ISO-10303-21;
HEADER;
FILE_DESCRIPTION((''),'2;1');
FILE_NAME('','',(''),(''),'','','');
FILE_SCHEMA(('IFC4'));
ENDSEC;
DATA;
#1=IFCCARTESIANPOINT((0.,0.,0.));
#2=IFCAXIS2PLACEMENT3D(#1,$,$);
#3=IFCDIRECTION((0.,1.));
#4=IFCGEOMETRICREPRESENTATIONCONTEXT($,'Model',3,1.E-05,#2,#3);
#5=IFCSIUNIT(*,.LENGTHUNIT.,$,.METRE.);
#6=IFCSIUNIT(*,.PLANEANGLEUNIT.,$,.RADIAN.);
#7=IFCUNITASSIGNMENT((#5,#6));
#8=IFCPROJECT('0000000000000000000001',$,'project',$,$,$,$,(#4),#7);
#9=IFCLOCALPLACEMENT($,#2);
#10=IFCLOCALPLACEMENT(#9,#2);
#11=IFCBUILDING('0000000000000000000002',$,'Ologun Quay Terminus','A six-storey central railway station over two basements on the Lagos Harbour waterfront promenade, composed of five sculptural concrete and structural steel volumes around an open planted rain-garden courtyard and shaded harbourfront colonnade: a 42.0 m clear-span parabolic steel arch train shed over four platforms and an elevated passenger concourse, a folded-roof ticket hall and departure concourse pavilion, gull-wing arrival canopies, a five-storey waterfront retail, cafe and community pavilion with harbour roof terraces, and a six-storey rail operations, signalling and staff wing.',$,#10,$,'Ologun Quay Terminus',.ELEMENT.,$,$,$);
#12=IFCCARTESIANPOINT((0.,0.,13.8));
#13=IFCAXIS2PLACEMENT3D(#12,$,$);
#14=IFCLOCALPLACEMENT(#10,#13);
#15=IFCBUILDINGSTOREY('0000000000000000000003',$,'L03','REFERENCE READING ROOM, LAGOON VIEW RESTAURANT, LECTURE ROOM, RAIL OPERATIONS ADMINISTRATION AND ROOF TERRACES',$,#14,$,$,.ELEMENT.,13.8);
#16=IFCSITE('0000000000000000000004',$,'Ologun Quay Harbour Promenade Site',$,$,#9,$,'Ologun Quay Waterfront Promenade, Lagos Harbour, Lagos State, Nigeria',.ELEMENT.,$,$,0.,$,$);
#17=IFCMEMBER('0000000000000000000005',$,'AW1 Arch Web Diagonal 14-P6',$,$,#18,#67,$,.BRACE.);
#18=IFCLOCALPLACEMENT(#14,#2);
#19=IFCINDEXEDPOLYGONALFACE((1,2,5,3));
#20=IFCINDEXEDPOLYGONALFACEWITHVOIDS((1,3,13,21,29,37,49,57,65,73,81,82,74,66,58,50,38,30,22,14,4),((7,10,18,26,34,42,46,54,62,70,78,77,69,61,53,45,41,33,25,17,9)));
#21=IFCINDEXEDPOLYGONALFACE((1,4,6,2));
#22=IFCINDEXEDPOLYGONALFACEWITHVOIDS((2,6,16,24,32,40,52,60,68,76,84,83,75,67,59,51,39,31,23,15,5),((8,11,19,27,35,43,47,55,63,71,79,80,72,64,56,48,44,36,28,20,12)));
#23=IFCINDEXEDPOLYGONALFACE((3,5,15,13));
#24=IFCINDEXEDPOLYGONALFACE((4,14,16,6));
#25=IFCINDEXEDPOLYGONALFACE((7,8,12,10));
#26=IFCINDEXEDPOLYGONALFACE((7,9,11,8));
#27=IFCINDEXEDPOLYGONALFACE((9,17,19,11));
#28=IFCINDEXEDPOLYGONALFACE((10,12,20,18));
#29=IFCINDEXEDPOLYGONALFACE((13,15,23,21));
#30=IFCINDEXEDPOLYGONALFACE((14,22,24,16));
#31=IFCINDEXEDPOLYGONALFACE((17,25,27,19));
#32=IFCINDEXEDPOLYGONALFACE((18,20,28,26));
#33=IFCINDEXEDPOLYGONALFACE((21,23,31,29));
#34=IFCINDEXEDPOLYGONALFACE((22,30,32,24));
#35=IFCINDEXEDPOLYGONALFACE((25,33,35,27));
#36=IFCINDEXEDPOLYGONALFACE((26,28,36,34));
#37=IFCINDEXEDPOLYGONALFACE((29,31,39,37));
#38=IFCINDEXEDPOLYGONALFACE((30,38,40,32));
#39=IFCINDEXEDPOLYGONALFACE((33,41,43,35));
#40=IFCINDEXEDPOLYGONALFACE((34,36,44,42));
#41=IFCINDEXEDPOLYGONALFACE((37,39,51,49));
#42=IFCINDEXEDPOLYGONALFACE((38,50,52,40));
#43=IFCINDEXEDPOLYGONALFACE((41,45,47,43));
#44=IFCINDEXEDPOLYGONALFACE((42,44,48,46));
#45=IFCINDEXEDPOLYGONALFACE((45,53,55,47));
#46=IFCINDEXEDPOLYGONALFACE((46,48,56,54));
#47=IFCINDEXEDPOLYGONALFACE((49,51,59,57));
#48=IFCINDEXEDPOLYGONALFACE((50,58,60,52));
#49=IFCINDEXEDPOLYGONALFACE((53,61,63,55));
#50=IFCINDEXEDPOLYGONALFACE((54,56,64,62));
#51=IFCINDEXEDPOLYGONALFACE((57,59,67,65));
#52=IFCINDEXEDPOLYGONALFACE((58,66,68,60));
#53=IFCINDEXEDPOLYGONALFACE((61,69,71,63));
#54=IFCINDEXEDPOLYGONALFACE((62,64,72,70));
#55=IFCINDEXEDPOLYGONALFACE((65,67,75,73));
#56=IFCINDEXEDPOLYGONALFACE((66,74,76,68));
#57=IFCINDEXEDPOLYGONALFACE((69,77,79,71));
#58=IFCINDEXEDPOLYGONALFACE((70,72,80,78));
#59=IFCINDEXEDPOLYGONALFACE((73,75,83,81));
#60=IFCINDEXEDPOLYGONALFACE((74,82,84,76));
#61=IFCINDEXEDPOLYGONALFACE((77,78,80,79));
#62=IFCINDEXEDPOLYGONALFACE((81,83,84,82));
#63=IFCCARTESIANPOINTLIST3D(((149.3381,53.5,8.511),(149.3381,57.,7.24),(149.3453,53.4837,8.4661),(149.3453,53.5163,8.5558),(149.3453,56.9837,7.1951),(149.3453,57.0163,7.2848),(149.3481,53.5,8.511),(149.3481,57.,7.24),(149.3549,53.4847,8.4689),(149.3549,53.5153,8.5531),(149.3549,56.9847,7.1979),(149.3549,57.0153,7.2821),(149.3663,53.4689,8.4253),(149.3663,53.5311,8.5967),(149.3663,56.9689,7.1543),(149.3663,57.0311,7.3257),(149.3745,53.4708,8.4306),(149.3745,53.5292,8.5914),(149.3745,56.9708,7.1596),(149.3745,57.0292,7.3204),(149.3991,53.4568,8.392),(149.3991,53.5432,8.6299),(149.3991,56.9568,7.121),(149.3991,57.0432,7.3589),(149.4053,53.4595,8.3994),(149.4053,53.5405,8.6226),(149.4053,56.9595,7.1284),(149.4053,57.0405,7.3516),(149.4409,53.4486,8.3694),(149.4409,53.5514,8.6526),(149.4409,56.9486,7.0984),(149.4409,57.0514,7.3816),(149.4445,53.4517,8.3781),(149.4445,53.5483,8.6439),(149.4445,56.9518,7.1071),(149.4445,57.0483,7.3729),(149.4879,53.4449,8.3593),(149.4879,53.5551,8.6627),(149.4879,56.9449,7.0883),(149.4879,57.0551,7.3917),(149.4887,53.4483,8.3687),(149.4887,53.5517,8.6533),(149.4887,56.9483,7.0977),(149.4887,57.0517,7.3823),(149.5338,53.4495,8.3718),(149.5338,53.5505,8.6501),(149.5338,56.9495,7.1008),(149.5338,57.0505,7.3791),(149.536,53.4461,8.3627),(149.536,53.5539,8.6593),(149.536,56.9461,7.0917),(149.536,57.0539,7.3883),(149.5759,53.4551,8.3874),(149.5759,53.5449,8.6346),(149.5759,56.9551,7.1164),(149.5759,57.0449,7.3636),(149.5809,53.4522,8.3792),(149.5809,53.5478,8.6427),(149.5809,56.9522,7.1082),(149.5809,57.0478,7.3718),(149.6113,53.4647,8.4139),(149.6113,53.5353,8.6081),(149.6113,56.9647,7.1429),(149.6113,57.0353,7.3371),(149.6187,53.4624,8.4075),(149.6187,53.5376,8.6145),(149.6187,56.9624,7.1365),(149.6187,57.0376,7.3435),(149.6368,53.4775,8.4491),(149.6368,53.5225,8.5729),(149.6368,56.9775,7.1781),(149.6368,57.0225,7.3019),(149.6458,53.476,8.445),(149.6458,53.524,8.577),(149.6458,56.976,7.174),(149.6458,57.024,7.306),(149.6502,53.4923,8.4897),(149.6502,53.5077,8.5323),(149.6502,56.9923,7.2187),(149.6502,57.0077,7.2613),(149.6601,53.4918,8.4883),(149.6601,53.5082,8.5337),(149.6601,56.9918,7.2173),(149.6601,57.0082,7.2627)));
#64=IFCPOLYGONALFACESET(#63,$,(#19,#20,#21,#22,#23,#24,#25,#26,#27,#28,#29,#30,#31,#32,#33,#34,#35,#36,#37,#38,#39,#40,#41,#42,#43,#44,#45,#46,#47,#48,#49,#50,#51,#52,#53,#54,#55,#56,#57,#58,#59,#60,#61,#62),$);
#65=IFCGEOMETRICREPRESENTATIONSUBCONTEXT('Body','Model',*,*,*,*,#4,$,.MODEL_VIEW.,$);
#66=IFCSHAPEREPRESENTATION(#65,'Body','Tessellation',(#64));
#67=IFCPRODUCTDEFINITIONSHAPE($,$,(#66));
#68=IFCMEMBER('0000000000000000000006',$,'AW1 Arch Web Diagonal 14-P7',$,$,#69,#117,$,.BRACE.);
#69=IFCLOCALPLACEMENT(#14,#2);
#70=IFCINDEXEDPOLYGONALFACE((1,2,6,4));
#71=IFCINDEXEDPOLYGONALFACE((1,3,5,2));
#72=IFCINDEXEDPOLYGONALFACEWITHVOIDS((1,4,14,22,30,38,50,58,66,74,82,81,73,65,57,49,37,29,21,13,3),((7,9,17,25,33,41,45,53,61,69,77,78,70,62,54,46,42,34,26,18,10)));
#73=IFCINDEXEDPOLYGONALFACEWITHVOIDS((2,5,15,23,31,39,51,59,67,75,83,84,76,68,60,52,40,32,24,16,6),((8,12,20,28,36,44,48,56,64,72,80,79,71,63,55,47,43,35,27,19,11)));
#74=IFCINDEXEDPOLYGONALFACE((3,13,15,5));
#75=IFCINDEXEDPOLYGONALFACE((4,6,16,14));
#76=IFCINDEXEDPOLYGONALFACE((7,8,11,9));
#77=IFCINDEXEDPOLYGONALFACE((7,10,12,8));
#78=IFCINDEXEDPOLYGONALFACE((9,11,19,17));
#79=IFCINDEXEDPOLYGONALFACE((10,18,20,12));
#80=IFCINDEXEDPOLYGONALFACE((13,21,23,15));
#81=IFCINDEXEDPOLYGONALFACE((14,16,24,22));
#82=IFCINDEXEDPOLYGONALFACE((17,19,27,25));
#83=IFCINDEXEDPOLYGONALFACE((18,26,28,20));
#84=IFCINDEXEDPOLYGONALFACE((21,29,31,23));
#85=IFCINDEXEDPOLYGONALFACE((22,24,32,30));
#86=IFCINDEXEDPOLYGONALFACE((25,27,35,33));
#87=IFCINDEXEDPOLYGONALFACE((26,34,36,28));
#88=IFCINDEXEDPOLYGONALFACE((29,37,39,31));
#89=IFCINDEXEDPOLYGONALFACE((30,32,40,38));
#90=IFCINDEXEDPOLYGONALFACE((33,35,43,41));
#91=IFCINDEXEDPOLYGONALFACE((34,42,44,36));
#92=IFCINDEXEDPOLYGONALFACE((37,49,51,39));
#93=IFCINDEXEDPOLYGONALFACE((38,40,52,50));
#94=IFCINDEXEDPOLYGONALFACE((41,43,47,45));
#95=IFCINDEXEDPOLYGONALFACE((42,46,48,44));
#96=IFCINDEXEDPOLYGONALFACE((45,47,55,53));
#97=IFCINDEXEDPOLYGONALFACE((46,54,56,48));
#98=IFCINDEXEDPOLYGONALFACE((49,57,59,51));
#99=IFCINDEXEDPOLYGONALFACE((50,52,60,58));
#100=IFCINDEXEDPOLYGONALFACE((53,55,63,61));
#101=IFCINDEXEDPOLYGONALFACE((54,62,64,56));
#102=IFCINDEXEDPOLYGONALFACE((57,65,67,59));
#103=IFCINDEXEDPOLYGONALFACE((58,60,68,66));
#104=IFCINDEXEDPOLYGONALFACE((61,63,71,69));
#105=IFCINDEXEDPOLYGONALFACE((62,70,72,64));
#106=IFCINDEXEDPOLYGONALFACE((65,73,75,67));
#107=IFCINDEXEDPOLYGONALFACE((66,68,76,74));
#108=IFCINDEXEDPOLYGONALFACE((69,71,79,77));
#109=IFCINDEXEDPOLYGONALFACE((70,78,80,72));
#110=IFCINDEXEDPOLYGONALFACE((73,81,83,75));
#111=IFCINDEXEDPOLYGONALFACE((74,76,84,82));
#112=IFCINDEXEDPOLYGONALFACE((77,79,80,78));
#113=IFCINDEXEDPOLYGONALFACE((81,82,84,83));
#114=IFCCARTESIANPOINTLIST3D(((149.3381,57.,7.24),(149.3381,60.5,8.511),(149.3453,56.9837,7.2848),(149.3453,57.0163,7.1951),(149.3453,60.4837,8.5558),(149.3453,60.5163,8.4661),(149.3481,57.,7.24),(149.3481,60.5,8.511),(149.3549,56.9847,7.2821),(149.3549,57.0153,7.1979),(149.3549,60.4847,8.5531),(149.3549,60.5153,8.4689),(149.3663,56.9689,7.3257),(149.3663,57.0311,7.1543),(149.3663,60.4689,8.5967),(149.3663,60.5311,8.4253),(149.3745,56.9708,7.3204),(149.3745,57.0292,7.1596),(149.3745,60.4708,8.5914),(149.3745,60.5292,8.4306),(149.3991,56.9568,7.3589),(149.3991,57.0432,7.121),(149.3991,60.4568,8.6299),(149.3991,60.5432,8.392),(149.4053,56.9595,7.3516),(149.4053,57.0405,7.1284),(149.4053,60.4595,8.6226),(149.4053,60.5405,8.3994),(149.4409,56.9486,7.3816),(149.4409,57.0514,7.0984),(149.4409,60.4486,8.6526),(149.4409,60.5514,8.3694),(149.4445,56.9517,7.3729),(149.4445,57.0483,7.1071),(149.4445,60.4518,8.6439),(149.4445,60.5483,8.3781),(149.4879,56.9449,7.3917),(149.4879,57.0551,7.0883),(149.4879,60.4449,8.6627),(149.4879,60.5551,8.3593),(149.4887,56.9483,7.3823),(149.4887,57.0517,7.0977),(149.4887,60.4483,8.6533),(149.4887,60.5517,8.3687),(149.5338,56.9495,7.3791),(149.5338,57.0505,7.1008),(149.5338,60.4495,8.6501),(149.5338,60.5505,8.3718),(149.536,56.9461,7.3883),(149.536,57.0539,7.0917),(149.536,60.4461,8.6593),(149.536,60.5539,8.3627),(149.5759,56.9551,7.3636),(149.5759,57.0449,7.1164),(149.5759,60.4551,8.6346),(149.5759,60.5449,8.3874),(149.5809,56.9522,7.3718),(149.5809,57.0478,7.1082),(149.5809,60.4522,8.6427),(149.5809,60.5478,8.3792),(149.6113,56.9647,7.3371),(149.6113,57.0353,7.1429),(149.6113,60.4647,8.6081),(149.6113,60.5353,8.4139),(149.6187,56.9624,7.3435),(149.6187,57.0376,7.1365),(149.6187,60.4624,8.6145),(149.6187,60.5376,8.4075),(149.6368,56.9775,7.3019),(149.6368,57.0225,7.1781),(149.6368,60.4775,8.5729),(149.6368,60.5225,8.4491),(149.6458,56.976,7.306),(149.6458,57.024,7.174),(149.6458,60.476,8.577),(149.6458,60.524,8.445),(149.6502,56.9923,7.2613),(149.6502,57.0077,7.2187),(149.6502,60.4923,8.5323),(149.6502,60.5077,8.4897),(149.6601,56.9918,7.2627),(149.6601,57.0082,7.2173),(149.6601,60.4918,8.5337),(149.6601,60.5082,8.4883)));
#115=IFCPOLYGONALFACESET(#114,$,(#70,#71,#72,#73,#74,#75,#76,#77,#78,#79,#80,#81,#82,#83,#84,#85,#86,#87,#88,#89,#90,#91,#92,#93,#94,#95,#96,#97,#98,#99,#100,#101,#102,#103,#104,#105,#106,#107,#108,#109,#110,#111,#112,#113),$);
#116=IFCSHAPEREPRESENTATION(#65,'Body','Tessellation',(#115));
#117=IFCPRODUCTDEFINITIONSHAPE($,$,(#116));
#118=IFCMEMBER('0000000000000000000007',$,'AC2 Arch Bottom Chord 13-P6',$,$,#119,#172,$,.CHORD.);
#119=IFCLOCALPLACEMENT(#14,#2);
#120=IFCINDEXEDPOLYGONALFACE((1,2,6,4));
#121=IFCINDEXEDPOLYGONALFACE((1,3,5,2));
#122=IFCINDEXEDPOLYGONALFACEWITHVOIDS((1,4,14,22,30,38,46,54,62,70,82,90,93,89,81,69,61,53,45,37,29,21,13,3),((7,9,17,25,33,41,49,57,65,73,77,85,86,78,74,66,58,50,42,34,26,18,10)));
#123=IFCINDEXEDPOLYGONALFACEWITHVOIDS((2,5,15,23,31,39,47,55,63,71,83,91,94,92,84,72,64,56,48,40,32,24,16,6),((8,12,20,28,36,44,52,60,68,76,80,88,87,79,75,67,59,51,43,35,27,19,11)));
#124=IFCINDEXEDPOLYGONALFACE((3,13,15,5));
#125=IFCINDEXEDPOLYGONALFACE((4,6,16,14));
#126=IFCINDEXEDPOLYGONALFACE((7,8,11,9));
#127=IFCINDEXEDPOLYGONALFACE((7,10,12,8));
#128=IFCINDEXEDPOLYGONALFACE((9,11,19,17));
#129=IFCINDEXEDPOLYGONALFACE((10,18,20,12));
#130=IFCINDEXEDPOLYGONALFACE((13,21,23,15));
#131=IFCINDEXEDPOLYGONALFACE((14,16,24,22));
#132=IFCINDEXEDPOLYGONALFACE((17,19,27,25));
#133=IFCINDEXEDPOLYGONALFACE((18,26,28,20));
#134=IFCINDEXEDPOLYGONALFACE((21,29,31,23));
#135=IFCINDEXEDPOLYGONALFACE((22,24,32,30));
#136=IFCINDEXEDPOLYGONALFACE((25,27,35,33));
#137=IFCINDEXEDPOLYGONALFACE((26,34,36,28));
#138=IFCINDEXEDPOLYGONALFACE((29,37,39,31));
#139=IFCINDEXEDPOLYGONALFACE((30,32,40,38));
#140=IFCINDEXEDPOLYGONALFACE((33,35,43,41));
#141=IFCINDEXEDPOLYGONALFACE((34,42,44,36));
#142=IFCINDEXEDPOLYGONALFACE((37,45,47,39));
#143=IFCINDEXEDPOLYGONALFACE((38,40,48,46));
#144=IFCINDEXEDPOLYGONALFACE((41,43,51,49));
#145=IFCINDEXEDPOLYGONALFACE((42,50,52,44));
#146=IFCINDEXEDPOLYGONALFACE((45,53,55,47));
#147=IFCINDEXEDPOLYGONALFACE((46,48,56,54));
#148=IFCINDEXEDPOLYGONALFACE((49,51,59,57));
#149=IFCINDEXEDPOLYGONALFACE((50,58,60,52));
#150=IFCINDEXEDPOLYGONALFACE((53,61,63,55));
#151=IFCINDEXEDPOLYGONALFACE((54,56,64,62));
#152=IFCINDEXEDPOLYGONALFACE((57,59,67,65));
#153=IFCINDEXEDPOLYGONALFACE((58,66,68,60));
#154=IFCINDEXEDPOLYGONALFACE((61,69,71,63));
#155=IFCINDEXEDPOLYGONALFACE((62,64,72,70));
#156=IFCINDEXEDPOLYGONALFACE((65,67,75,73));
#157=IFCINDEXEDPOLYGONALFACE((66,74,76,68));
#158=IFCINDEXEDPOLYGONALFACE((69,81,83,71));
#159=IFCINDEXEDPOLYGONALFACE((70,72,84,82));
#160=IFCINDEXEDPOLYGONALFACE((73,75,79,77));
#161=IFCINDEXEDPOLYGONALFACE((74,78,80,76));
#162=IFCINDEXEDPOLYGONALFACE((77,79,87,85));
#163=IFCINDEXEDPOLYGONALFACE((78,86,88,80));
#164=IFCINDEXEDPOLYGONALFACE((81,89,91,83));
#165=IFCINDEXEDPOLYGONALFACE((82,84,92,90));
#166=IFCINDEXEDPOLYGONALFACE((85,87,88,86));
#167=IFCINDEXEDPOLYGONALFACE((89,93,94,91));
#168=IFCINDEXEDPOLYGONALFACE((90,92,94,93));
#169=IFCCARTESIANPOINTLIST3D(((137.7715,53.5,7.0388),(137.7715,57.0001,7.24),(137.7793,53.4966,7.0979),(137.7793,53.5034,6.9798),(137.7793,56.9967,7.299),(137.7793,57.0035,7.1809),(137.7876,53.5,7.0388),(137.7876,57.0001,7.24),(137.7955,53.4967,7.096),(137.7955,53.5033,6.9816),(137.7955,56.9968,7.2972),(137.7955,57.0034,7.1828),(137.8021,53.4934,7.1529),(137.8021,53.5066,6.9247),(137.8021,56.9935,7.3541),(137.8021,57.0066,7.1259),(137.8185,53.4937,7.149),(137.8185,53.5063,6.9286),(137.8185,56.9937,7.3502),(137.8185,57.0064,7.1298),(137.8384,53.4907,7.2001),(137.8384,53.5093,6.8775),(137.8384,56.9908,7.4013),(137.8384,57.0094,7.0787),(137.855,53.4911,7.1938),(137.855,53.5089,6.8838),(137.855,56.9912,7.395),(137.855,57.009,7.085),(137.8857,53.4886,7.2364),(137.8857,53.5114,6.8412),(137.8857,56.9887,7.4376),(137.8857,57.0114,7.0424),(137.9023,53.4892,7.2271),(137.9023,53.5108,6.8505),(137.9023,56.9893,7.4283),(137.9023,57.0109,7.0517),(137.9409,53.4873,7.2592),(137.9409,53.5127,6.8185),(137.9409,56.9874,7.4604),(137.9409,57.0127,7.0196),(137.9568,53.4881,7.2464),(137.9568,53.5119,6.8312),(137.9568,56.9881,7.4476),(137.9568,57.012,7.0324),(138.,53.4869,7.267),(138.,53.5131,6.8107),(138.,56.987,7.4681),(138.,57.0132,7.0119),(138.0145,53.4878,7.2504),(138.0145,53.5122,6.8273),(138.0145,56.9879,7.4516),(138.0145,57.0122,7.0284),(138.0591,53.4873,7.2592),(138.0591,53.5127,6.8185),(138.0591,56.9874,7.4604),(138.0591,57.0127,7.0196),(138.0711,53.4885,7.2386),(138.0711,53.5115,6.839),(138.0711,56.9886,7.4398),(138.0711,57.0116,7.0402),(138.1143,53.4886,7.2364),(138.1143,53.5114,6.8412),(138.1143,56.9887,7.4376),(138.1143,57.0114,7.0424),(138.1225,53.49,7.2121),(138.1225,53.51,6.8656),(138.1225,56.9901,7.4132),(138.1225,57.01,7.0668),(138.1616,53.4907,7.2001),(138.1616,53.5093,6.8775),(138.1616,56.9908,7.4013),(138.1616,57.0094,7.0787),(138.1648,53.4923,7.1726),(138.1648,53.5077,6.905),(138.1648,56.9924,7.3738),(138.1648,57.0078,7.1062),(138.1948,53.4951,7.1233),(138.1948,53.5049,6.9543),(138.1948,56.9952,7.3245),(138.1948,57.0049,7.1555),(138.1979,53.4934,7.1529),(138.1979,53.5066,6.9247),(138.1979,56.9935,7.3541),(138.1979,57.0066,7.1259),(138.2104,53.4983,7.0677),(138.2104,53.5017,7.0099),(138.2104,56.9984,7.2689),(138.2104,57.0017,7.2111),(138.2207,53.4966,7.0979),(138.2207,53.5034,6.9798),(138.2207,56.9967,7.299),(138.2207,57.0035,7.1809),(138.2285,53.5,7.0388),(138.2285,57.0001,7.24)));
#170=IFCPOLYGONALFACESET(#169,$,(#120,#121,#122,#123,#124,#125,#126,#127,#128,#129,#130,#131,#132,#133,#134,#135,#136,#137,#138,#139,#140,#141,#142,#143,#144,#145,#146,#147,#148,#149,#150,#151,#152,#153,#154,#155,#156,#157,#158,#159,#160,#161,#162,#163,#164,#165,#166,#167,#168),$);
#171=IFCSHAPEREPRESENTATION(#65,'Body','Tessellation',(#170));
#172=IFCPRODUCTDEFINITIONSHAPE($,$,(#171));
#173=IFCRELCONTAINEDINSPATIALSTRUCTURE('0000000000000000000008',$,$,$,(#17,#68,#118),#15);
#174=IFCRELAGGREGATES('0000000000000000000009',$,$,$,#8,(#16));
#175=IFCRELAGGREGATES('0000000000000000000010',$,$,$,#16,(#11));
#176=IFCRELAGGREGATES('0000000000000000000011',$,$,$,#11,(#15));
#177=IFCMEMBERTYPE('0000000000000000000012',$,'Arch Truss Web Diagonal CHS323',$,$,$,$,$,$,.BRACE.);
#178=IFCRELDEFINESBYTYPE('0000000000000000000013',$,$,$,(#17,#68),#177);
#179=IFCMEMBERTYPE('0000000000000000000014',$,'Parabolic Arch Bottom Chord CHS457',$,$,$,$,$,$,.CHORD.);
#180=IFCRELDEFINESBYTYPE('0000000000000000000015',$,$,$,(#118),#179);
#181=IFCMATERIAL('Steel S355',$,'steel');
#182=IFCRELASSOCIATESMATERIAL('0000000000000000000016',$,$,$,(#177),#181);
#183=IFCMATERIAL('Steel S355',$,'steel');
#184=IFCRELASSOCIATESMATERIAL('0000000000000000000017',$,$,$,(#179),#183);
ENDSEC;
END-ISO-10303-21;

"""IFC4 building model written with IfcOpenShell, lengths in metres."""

from ifc_helpers import new_model, si_unit, direction, frame, origin, origin_2d, place, context, subcontext, project, spatial, hollow_circle, extrude, material, material_profile, profile_set, type_object, element, save


model = new_model("IFC4")

# Units and contexts
model_context = context("Model", 3, precision=1e-05, world=origin(), true_north=direction((0.0, 1.0)))
body_context = subcontext(model_context, "Body", "Model", "MODEL_VIEW")
ifc_project = project(units=[si_unit("LENGTHUNIT", "METRE"), si_unit("PLANEANGLEUNIT", "RADIAN")], contexts=[model_context])

# Site, building, storey
site_placement = place(None, origin())
site = spatial("IfcSite", under=ifc_project, at=site_placement, Name="Ologun Quay Harbour Promenade Site", LongName="Ologun Quay Waterfront Promenade, Lagos Harbour, Lagos State, Nigeria", CompositionType="ELEMENT", RefElevation=0.0)
building_placement = place(site_placement, origin())
building = spatial("IfcBuilding", under=site, at=building_placement, Name="Ologun Quay Terminus", Description="A six-storey central railway station over two basements on the Lagos Harbour waterfront promenade, composed of five sculptural concrete and structural steel volumes around an open planted rain-garden courtyard and shaded harbourfront colonnade: a 42.0 m clear-span parabolic steel arch train shed over four platforms and an elevated passenger concourse, a folded-roof ticket hall and departure concourse pavilion, gull-wing arrival canopies, a five-storey waterfront retail, cafe and community pavilion with harbour roof terraces, and a six-storey rail operations, signalling and staff wing.", LongName="Ologun Quay Terminus", CompositionType="ELEMENT")
storey_placement = place(building_placement, frame((0.0, 0.0, 13.8)))
storey = spatial("IfcBuildingStorey", under=building, at=storey_placement, Name="L03", Description="REFERENCE READING ROOM, LAGOON VIEW RESTAURANT, LECTURE ROOM, RAIL OPERATIONS ADMINISTRATION AND ROOF TERRACES", CompositionType="ELEMENT", Elevation=13.8)

# Members
ifc_material_1 = material(Name="Steel S355", Category="steel")
ifc_material_profile_1 = material_profile(ifc_material_1, hollow_circle(Radius=0.1619, WallThickness=0.01, at=origin_2d()), Name="CHS 323.9x10")
ifc_profile_set_1 = profile_set([ifc_material_profile_1], Name="Steel S355")
member_type_1 = type_object("IfcMemberType", Name="Arch Truss Web Diagonal CHS323", PredefinedType="BRACE", material=ifc_profile_set_1)
for number, where, z_axis, x_axis, name in (
    (1, (149.5, 53.5, 8.511), (0.0, 0.939943, -0.341332), (-1.0, 0.0, 0.0), "AW1 Arch Web Diagonal 14-P6"),
    (2, (149.5, 57.0, 7.24), (0.0, 0.939943, 0.341332), (-1.0, 0.0, 0.0), "AW1 Arch Web Diagonal 14-P7"),
):
    element("IfcMember", number, at=place(storey_placement, frame(where, z_axis=z_axis, x_axis=x_axis)), inside=storey, type_object=member_type_1, Name=name, PredefinedType="BRACE", context=body_context, shape_type="SweptSolid", body=[
        extrude(hollow_circle(Radius=0.1619, WallThickness=0.01, at=origin_2d()), origin(), (0.0, 0.0, 1.0), 3.7236),
    ])
ifc_material_2 = material(Name="Steel S355", Category="steel")
ifc_material_profile_2 = material_profile(ifc_material_2, hollow_circle(Radius=0.2285, WallThickness=0.0161, at=origin_2d()), Name="CHS 457x16")
ifc_profile_set_2 = profile_set([ifc_material_profile_2], Name="Steel S355")
member_type_2 = type_object("IfcMemberType", Name="Parabolic Arch Bottom Chord CHS457", PredefinedType="CHORD", material=ifc_profile_set_2)
for number, where, z_axis, x_axis, name in (
    (3, (138.0, 53.5, 7.0388), (0.0, 0.998352, 0.057383), (-1.0, 0.0, 0.0), "AC2 Arch Bottom Chord 13-P6"),
):
    element("IfcMember", number, at=place(storey_placement, frame(where, z_axis=z_axis, x_axis=x_axis)), inside=storey, type_object=member_type_2, Name=name, PredefinedType="CHORD", context=body_context, shape_type="SweptSolid", body=[
        extrude(hollow_circle(Radius=0.2285, WallThickness=0.0161, at=origin_2d()), origin(), (0.0, 0.0, 1.0), 3.5059),
    ])

save(model, "model.ifc")
